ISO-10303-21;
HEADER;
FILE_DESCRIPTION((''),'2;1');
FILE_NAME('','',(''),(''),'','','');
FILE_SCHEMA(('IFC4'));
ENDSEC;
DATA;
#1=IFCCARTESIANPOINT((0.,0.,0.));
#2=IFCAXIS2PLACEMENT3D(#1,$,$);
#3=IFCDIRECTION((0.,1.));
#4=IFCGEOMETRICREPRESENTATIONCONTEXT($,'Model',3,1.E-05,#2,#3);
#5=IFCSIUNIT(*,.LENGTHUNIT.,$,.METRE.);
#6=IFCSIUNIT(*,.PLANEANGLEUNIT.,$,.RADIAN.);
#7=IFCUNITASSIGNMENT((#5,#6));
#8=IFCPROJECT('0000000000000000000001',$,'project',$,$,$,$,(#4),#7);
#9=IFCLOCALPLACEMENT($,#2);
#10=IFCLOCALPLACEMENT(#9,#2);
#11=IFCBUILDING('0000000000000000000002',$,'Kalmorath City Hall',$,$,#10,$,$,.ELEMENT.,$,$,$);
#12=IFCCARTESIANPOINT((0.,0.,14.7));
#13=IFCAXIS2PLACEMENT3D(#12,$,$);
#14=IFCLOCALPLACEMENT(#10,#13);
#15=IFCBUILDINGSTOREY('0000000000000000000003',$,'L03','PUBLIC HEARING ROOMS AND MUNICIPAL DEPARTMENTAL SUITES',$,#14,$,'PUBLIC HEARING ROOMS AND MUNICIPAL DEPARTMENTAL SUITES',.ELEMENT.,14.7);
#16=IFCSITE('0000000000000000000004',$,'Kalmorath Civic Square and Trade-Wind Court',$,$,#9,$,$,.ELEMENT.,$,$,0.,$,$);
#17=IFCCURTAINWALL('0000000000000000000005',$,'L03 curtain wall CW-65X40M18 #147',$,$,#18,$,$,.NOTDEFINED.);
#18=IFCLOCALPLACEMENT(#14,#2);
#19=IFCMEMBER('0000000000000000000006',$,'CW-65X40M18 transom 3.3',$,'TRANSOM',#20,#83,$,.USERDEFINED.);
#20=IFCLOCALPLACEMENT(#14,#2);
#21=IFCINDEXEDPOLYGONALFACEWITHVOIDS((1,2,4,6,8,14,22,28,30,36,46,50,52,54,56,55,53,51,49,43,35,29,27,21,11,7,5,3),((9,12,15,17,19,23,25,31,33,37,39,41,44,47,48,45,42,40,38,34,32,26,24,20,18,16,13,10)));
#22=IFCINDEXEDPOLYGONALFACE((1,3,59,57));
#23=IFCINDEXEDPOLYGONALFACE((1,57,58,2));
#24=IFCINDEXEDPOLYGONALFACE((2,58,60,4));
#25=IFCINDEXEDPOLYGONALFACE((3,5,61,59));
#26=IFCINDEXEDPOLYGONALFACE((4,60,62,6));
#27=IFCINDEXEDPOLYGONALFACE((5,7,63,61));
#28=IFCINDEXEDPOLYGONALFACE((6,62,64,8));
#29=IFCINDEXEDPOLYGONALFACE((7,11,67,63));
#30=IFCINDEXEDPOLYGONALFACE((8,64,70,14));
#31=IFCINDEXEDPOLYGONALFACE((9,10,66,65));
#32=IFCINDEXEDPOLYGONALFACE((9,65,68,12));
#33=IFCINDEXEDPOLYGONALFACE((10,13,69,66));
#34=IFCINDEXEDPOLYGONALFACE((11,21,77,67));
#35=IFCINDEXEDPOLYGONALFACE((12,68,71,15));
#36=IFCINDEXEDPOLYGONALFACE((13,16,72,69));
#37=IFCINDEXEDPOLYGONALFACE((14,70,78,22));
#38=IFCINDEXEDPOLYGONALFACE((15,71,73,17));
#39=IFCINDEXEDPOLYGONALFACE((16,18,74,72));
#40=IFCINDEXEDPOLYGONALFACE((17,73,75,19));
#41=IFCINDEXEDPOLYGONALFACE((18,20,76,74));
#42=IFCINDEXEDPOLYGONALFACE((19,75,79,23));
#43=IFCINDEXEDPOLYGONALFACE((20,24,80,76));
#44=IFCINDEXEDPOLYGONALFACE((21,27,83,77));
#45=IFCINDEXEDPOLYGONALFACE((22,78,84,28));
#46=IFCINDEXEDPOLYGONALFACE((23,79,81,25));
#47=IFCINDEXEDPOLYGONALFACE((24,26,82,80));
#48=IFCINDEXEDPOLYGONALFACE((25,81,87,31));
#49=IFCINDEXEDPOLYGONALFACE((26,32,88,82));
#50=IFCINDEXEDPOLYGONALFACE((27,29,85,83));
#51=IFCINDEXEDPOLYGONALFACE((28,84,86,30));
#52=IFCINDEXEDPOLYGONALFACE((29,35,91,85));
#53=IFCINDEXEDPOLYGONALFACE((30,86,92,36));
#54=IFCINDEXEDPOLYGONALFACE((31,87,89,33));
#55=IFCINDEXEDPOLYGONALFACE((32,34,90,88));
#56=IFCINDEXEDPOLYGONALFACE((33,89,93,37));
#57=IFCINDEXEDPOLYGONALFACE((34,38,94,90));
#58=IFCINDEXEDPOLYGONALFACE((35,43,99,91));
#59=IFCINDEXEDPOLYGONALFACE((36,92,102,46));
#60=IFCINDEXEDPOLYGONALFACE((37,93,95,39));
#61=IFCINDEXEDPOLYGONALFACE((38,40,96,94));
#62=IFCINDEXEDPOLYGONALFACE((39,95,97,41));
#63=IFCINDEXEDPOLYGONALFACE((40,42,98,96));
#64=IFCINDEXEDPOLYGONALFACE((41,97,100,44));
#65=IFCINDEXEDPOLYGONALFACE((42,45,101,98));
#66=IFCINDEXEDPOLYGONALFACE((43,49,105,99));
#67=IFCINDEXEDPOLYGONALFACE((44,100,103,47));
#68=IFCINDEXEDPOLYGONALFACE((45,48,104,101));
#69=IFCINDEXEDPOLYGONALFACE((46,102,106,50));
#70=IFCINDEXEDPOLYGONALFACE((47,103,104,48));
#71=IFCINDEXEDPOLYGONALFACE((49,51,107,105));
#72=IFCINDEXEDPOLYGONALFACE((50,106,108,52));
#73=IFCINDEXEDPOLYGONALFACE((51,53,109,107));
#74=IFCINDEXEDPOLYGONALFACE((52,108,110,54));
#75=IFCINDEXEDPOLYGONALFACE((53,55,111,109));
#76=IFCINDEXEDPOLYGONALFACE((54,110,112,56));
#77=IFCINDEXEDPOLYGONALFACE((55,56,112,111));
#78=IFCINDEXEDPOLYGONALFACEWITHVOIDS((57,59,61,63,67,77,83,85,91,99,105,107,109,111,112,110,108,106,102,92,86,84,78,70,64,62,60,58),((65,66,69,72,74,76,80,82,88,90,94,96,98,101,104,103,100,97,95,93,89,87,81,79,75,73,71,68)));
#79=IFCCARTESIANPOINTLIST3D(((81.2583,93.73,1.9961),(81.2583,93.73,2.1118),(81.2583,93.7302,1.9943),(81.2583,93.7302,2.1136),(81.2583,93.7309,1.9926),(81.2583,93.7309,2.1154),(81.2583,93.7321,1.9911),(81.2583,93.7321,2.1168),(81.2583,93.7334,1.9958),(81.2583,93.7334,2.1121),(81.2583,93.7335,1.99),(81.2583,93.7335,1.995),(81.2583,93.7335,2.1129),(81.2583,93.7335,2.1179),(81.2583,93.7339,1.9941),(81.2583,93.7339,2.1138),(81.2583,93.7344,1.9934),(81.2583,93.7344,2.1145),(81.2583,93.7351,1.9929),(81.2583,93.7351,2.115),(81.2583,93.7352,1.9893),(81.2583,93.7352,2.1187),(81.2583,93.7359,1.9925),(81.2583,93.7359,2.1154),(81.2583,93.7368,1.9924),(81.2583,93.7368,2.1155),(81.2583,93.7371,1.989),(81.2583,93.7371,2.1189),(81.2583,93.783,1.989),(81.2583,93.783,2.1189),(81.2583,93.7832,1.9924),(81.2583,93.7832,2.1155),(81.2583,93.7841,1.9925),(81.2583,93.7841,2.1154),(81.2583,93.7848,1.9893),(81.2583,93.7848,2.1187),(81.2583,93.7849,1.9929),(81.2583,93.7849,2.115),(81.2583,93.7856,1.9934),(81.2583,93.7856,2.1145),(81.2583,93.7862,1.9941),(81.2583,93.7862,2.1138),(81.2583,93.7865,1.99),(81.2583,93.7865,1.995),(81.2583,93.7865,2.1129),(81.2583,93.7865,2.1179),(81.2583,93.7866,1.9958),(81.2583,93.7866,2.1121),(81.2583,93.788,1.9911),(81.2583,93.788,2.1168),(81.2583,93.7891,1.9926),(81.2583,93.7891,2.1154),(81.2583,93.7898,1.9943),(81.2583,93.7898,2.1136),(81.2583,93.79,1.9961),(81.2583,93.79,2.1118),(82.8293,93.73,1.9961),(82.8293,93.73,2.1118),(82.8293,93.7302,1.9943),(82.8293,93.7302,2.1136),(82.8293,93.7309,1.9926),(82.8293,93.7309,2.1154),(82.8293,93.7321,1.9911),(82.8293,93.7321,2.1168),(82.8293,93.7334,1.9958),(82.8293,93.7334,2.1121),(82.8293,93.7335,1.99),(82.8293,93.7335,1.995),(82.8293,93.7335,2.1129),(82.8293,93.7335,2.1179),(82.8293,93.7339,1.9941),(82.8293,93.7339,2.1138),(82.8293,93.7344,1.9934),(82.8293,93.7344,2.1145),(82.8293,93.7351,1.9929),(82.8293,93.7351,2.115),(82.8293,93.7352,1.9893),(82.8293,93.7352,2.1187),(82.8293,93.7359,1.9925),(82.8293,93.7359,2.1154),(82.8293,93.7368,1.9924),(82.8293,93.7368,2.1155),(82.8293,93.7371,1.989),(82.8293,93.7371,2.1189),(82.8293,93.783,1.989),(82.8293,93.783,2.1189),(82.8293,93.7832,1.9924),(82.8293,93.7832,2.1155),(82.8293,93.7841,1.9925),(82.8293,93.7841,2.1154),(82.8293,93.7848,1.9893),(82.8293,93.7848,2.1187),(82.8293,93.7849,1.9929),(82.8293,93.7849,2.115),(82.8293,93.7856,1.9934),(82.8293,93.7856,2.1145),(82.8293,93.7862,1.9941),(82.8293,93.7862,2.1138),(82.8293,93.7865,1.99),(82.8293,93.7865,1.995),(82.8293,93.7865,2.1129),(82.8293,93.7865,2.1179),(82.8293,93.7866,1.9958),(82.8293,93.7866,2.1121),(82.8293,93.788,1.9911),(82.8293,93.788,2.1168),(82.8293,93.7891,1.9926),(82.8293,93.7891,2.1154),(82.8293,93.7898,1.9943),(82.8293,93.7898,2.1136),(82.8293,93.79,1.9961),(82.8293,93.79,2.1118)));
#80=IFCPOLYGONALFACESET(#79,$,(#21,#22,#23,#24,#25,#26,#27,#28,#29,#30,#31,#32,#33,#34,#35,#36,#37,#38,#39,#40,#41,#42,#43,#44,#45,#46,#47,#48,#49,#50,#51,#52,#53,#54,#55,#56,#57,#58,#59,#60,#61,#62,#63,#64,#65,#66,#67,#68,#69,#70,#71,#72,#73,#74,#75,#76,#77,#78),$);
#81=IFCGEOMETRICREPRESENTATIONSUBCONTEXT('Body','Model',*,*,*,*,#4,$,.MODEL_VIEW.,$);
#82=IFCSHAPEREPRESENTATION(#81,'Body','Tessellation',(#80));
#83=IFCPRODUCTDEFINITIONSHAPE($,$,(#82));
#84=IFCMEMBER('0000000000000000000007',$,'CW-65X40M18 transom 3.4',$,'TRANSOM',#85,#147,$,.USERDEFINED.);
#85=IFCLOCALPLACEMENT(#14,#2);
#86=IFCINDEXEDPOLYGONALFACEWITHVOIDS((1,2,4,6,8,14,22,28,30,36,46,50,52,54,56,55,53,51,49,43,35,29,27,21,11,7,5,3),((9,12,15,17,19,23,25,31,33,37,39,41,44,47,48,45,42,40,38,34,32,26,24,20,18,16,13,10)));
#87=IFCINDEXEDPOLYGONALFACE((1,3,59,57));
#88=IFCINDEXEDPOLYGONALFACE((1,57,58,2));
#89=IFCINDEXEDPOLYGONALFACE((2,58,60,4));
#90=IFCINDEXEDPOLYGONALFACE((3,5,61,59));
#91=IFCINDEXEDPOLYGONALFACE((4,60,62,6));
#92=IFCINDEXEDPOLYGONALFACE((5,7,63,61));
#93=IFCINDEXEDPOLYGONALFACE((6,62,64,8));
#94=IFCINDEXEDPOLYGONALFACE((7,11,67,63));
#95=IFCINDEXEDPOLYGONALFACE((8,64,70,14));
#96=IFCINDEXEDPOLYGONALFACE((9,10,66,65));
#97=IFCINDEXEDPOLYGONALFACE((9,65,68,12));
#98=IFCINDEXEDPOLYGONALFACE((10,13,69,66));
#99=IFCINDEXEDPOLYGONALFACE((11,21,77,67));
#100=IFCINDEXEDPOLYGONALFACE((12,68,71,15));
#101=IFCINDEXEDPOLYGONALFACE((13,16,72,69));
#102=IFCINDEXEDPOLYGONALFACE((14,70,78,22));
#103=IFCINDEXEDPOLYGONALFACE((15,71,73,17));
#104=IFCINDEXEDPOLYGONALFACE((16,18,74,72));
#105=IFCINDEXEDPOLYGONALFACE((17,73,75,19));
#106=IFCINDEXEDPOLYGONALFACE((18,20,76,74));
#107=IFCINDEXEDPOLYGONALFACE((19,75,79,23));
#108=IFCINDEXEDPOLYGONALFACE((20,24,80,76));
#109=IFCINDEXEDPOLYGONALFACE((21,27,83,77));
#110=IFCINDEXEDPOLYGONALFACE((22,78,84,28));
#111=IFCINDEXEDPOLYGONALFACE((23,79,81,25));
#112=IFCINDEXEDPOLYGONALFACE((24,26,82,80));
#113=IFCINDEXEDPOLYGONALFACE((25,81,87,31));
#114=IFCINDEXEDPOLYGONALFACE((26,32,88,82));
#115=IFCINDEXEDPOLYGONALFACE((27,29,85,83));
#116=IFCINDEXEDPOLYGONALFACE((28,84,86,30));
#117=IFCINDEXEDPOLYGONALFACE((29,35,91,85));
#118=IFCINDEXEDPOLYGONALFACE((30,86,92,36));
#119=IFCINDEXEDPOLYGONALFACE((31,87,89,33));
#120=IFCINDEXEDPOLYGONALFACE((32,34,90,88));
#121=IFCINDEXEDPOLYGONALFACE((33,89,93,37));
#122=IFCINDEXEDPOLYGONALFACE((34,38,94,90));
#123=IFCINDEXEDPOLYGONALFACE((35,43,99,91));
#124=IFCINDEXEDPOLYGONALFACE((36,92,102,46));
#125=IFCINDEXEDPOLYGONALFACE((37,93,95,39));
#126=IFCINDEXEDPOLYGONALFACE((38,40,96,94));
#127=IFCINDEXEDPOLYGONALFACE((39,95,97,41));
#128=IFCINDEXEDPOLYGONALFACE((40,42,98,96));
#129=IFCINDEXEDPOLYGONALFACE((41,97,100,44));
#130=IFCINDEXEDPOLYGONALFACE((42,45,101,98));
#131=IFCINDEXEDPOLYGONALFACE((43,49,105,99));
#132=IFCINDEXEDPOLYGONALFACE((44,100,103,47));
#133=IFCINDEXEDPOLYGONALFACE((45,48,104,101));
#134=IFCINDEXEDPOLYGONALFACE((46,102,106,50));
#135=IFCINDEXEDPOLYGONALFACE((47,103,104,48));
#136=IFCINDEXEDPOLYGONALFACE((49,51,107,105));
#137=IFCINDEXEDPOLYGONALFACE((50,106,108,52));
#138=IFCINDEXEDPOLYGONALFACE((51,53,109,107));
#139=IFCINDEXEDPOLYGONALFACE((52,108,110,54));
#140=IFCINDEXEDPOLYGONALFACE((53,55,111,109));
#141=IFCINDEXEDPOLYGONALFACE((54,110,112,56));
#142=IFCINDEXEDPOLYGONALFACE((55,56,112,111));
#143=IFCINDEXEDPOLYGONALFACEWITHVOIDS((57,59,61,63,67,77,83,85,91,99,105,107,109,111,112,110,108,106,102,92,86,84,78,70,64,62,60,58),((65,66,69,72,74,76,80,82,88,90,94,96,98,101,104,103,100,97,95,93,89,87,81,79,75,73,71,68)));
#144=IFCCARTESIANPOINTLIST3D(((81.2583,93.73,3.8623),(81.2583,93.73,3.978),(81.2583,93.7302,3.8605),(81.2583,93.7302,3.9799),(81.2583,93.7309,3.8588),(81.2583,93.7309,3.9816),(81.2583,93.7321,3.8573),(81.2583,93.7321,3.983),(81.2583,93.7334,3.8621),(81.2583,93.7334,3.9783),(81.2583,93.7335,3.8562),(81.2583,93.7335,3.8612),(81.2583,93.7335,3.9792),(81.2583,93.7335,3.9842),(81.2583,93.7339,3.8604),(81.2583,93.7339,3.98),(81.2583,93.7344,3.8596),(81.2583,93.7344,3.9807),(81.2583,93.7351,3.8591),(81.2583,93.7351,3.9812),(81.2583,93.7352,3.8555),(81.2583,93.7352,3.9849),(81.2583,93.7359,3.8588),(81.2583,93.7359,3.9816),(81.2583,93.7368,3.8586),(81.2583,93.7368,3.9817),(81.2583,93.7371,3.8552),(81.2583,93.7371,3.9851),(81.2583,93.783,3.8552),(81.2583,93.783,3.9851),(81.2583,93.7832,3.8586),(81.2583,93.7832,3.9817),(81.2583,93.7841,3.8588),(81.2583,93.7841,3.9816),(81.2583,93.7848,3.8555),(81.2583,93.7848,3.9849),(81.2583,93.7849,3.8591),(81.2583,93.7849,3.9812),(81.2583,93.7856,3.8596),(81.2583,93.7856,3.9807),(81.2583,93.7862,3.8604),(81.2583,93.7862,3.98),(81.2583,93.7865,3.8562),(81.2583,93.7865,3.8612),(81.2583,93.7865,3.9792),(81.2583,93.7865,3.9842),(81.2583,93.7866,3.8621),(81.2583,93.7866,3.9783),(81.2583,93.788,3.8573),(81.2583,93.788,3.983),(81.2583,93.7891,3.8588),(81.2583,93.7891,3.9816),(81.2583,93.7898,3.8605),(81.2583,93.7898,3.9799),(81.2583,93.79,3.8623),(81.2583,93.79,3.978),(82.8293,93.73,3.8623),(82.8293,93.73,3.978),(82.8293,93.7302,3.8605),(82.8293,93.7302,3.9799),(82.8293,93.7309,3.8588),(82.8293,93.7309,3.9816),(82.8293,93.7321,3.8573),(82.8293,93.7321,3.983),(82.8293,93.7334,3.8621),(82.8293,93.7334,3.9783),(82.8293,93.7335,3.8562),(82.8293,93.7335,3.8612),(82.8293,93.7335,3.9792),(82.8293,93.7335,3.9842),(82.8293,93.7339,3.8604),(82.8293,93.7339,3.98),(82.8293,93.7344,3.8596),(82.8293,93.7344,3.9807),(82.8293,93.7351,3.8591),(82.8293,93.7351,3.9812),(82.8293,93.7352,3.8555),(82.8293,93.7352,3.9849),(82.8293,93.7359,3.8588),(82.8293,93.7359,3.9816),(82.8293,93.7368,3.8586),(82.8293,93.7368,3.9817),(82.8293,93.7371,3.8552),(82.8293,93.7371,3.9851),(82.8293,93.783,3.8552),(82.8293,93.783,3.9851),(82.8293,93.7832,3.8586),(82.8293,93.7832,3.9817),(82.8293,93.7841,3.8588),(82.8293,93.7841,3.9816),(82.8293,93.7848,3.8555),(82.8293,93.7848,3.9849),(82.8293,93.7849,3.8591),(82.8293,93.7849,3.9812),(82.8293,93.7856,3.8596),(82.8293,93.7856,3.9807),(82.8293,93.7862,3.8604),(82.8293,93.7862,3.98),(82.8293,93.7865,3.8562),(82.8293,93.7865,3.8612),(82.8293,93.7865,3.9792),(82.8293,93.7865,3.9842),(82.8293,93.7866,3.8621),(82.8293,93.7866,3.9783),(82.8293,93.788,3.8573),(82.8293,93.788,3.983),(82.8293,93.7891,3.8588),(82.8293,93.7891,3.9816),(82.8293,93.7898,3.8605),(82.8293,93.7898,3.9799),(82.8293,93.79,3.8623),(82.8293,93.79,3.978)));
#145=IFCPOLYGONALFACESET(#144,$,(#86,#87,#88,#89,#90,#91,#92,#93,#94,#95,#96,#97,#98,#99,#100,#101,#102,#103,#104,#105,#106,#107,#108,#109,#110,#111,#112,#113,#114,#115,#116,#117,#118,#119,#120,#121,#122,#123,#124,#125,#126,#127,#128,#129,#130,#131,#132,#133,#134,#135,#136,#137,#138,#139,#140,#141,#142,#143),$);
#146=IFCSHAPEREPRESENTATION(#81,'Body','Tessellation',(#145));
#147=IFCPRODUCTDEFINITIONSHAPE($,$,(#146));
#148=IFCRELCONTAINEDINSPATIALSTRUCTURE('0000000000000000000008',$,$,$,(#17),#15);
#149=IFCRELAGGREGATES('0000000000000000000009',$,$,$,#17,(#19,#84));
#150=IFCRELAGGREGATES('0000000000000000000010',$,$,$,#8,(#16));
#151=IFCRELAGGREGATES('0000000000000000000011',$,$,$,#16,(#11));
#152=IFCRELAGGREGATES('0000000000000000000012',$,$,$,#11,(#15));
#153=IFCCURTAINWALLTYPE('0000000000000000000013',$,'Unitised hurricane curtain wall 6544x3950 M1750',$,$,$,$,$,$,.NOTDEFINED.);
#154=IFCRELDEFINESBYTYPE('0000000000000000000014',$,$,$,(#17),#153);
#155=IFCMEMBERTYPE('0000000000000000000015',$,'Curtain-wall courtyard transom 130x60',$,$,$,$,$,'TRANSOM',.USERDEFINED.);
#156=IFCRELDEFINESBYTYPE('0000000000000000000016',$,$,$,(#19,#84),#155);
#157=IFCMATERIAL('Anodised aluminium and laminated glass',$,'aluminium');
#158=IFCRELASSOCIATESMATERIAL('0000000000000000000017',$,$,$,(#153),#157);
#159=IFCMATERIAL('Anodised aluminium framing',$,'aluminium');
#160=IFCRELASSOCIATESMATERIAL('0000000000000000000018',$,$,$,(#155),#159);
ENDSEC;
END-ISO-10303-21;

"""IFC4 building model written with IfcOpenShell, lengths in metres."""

from ifc_helpers import new_model, si_unit, direction, frame, origin, origin_2d, place, context, subcontext, project, spatial, hollow_rectangle, extrude, material, material_profile, profile_set, type_object, element, aggregate, save


model = new_model("IFC4")

# Units and contexts
model_context = context("Model", 3, precision=1e-05, world=origin(), true_north=direction((0.0, 1.0)))
body_context = subcontext(model_context, "Body", "Model", "MODEL_VIEW")
ifc_project = project(units=[si_unit("LENGTHUNIT", "METRE"), si_unit("PLANEANGLEUNIT", "RADIAN")], contexts=[model_context])

# Site, building, storey
site_placement = place(None, origin())
site = spatial("IfcSite", under=ifc_project, at=site_placement, Name="Kalmorath Civic Square and Trade-Wind Court", CompositionType="ELEMENT", RefElevation=0.0)
building_placement = place(site_placement, origin())
building = spatial("IfcBuilding", under=site, at=building_placement, Name="Kalmorath City Hall", CompositionType="ELEMENT")
storey_placement = place(building_placement, frame((0.0, 0.0, 14.7)))
storey = spatial("IfcBuildingStorey", under=building, at=storey_placement, Name="L03", Description="PUBLIC HEARING ROOMS AND MUNICIPAL DEPARTMENTAL SUITES", LongName="PUBLIC HEARING ROOMS AND MUNICIPAL DEPARTMENTAL SUITES", CompositionType="ELEMENT", Elevation=14.7)

# Curtain wall
ifc_material_1 = material(Name="Anodised aluminium and laminated glass", Category="aluminium")
curtain_wall_type_1 = type_object("IfcCurtainWallType", Name="Unitised hurricane curtain wall 6544x3950 M1750", PredefinedType="NOTDEFINED", material=ifc_material_1)
curtain_wall_1_placement = place(storey_placement, origin())
curtain_wall_1 = element("IfcCurtainWall", 1, at=curtain_wall_1_placement, inside=storey, type_object=curtain_wall_type_1, Name="L03 curtain wall CW-65X40M18 #147", PredefinedType="NOTDEFINED")

# Members
ifc_material_2 = material(Name="Anodised aluminium framing", Category="aluminium")
ifc_material_profile_1 = material_profile(ifc_material_2, hollow_rectangle(XDim=0.0601, YDim=0.1299, WallThickness=0.0034, InnerFilletRadius=0.0034, OuterFilletRadius=0.0071, at=origin_2d()), Name="ALU-TRN-130X60X3.5")
ifc_profile_set_1 = profile_set([ifc_material_profile_1], Name="Anodised aluminium framing")
member_type_1 = type_object("IfcMemberType", Name="Curtain-wall courtyard transom 130x60", ElementType="TRANSOM", PredefinedType="USERDEFINED", material=ifc_profile_set_1)
member_1_placement = place(storey_placement, frame((82.8293, 93.76, 2.054), z_axis=(-1.0, 0.0, 0.0), x_axis=(0.0, -1.0, 0.0)))
member_1 = element("IfcMember", 2, at=member_1_placement, type_object=member_type_1, Name="CW-65X40M18 transom 3.3", ObjectType="TRANSOM", PredefinedType="USERDEFINED", context=body_context, shape_type="SweptSolid", body=[
    extrude(hollow_rectangle(XDim=0.0601, YDim=0.1299, WallThickness=0.0034, InnerFilletRadius=0.0034, OuterFilletRadius=0.0071, at=origin_2d()), origin(), (0.0, 0.0, 1.0), 1.571),
])
member_2_placement = place(storey_placement, frame((82.8293, 93.76, 3.9202), z_axis=(-1.0, 0.0, 0.0), x_axis=(0.0, -1.0, 0.0)))
member_2 = element("IfcMember", 3, at=member_2_placement, type_object=member_type_1, Name="CW-65X40M18 transom 3.4", ObjectType="TRANSOM", PredefinedType="USERDEFINED", context=body_context, shape_type="SweptSolid", body=[
    extrude(hollow_rectangle(XDim=0.0601, YDim=0.1299, WallThickness=0.0034, InnerFilletRadius=0.0034, OuterFilletRadius=0.0071, at=origin_2d()), origin(), (0.0, 0.0, 1.0), 1.571),
])

aggregate(curtain_wall_1, [member_1, member_2])

save(model, "model.ifc")
